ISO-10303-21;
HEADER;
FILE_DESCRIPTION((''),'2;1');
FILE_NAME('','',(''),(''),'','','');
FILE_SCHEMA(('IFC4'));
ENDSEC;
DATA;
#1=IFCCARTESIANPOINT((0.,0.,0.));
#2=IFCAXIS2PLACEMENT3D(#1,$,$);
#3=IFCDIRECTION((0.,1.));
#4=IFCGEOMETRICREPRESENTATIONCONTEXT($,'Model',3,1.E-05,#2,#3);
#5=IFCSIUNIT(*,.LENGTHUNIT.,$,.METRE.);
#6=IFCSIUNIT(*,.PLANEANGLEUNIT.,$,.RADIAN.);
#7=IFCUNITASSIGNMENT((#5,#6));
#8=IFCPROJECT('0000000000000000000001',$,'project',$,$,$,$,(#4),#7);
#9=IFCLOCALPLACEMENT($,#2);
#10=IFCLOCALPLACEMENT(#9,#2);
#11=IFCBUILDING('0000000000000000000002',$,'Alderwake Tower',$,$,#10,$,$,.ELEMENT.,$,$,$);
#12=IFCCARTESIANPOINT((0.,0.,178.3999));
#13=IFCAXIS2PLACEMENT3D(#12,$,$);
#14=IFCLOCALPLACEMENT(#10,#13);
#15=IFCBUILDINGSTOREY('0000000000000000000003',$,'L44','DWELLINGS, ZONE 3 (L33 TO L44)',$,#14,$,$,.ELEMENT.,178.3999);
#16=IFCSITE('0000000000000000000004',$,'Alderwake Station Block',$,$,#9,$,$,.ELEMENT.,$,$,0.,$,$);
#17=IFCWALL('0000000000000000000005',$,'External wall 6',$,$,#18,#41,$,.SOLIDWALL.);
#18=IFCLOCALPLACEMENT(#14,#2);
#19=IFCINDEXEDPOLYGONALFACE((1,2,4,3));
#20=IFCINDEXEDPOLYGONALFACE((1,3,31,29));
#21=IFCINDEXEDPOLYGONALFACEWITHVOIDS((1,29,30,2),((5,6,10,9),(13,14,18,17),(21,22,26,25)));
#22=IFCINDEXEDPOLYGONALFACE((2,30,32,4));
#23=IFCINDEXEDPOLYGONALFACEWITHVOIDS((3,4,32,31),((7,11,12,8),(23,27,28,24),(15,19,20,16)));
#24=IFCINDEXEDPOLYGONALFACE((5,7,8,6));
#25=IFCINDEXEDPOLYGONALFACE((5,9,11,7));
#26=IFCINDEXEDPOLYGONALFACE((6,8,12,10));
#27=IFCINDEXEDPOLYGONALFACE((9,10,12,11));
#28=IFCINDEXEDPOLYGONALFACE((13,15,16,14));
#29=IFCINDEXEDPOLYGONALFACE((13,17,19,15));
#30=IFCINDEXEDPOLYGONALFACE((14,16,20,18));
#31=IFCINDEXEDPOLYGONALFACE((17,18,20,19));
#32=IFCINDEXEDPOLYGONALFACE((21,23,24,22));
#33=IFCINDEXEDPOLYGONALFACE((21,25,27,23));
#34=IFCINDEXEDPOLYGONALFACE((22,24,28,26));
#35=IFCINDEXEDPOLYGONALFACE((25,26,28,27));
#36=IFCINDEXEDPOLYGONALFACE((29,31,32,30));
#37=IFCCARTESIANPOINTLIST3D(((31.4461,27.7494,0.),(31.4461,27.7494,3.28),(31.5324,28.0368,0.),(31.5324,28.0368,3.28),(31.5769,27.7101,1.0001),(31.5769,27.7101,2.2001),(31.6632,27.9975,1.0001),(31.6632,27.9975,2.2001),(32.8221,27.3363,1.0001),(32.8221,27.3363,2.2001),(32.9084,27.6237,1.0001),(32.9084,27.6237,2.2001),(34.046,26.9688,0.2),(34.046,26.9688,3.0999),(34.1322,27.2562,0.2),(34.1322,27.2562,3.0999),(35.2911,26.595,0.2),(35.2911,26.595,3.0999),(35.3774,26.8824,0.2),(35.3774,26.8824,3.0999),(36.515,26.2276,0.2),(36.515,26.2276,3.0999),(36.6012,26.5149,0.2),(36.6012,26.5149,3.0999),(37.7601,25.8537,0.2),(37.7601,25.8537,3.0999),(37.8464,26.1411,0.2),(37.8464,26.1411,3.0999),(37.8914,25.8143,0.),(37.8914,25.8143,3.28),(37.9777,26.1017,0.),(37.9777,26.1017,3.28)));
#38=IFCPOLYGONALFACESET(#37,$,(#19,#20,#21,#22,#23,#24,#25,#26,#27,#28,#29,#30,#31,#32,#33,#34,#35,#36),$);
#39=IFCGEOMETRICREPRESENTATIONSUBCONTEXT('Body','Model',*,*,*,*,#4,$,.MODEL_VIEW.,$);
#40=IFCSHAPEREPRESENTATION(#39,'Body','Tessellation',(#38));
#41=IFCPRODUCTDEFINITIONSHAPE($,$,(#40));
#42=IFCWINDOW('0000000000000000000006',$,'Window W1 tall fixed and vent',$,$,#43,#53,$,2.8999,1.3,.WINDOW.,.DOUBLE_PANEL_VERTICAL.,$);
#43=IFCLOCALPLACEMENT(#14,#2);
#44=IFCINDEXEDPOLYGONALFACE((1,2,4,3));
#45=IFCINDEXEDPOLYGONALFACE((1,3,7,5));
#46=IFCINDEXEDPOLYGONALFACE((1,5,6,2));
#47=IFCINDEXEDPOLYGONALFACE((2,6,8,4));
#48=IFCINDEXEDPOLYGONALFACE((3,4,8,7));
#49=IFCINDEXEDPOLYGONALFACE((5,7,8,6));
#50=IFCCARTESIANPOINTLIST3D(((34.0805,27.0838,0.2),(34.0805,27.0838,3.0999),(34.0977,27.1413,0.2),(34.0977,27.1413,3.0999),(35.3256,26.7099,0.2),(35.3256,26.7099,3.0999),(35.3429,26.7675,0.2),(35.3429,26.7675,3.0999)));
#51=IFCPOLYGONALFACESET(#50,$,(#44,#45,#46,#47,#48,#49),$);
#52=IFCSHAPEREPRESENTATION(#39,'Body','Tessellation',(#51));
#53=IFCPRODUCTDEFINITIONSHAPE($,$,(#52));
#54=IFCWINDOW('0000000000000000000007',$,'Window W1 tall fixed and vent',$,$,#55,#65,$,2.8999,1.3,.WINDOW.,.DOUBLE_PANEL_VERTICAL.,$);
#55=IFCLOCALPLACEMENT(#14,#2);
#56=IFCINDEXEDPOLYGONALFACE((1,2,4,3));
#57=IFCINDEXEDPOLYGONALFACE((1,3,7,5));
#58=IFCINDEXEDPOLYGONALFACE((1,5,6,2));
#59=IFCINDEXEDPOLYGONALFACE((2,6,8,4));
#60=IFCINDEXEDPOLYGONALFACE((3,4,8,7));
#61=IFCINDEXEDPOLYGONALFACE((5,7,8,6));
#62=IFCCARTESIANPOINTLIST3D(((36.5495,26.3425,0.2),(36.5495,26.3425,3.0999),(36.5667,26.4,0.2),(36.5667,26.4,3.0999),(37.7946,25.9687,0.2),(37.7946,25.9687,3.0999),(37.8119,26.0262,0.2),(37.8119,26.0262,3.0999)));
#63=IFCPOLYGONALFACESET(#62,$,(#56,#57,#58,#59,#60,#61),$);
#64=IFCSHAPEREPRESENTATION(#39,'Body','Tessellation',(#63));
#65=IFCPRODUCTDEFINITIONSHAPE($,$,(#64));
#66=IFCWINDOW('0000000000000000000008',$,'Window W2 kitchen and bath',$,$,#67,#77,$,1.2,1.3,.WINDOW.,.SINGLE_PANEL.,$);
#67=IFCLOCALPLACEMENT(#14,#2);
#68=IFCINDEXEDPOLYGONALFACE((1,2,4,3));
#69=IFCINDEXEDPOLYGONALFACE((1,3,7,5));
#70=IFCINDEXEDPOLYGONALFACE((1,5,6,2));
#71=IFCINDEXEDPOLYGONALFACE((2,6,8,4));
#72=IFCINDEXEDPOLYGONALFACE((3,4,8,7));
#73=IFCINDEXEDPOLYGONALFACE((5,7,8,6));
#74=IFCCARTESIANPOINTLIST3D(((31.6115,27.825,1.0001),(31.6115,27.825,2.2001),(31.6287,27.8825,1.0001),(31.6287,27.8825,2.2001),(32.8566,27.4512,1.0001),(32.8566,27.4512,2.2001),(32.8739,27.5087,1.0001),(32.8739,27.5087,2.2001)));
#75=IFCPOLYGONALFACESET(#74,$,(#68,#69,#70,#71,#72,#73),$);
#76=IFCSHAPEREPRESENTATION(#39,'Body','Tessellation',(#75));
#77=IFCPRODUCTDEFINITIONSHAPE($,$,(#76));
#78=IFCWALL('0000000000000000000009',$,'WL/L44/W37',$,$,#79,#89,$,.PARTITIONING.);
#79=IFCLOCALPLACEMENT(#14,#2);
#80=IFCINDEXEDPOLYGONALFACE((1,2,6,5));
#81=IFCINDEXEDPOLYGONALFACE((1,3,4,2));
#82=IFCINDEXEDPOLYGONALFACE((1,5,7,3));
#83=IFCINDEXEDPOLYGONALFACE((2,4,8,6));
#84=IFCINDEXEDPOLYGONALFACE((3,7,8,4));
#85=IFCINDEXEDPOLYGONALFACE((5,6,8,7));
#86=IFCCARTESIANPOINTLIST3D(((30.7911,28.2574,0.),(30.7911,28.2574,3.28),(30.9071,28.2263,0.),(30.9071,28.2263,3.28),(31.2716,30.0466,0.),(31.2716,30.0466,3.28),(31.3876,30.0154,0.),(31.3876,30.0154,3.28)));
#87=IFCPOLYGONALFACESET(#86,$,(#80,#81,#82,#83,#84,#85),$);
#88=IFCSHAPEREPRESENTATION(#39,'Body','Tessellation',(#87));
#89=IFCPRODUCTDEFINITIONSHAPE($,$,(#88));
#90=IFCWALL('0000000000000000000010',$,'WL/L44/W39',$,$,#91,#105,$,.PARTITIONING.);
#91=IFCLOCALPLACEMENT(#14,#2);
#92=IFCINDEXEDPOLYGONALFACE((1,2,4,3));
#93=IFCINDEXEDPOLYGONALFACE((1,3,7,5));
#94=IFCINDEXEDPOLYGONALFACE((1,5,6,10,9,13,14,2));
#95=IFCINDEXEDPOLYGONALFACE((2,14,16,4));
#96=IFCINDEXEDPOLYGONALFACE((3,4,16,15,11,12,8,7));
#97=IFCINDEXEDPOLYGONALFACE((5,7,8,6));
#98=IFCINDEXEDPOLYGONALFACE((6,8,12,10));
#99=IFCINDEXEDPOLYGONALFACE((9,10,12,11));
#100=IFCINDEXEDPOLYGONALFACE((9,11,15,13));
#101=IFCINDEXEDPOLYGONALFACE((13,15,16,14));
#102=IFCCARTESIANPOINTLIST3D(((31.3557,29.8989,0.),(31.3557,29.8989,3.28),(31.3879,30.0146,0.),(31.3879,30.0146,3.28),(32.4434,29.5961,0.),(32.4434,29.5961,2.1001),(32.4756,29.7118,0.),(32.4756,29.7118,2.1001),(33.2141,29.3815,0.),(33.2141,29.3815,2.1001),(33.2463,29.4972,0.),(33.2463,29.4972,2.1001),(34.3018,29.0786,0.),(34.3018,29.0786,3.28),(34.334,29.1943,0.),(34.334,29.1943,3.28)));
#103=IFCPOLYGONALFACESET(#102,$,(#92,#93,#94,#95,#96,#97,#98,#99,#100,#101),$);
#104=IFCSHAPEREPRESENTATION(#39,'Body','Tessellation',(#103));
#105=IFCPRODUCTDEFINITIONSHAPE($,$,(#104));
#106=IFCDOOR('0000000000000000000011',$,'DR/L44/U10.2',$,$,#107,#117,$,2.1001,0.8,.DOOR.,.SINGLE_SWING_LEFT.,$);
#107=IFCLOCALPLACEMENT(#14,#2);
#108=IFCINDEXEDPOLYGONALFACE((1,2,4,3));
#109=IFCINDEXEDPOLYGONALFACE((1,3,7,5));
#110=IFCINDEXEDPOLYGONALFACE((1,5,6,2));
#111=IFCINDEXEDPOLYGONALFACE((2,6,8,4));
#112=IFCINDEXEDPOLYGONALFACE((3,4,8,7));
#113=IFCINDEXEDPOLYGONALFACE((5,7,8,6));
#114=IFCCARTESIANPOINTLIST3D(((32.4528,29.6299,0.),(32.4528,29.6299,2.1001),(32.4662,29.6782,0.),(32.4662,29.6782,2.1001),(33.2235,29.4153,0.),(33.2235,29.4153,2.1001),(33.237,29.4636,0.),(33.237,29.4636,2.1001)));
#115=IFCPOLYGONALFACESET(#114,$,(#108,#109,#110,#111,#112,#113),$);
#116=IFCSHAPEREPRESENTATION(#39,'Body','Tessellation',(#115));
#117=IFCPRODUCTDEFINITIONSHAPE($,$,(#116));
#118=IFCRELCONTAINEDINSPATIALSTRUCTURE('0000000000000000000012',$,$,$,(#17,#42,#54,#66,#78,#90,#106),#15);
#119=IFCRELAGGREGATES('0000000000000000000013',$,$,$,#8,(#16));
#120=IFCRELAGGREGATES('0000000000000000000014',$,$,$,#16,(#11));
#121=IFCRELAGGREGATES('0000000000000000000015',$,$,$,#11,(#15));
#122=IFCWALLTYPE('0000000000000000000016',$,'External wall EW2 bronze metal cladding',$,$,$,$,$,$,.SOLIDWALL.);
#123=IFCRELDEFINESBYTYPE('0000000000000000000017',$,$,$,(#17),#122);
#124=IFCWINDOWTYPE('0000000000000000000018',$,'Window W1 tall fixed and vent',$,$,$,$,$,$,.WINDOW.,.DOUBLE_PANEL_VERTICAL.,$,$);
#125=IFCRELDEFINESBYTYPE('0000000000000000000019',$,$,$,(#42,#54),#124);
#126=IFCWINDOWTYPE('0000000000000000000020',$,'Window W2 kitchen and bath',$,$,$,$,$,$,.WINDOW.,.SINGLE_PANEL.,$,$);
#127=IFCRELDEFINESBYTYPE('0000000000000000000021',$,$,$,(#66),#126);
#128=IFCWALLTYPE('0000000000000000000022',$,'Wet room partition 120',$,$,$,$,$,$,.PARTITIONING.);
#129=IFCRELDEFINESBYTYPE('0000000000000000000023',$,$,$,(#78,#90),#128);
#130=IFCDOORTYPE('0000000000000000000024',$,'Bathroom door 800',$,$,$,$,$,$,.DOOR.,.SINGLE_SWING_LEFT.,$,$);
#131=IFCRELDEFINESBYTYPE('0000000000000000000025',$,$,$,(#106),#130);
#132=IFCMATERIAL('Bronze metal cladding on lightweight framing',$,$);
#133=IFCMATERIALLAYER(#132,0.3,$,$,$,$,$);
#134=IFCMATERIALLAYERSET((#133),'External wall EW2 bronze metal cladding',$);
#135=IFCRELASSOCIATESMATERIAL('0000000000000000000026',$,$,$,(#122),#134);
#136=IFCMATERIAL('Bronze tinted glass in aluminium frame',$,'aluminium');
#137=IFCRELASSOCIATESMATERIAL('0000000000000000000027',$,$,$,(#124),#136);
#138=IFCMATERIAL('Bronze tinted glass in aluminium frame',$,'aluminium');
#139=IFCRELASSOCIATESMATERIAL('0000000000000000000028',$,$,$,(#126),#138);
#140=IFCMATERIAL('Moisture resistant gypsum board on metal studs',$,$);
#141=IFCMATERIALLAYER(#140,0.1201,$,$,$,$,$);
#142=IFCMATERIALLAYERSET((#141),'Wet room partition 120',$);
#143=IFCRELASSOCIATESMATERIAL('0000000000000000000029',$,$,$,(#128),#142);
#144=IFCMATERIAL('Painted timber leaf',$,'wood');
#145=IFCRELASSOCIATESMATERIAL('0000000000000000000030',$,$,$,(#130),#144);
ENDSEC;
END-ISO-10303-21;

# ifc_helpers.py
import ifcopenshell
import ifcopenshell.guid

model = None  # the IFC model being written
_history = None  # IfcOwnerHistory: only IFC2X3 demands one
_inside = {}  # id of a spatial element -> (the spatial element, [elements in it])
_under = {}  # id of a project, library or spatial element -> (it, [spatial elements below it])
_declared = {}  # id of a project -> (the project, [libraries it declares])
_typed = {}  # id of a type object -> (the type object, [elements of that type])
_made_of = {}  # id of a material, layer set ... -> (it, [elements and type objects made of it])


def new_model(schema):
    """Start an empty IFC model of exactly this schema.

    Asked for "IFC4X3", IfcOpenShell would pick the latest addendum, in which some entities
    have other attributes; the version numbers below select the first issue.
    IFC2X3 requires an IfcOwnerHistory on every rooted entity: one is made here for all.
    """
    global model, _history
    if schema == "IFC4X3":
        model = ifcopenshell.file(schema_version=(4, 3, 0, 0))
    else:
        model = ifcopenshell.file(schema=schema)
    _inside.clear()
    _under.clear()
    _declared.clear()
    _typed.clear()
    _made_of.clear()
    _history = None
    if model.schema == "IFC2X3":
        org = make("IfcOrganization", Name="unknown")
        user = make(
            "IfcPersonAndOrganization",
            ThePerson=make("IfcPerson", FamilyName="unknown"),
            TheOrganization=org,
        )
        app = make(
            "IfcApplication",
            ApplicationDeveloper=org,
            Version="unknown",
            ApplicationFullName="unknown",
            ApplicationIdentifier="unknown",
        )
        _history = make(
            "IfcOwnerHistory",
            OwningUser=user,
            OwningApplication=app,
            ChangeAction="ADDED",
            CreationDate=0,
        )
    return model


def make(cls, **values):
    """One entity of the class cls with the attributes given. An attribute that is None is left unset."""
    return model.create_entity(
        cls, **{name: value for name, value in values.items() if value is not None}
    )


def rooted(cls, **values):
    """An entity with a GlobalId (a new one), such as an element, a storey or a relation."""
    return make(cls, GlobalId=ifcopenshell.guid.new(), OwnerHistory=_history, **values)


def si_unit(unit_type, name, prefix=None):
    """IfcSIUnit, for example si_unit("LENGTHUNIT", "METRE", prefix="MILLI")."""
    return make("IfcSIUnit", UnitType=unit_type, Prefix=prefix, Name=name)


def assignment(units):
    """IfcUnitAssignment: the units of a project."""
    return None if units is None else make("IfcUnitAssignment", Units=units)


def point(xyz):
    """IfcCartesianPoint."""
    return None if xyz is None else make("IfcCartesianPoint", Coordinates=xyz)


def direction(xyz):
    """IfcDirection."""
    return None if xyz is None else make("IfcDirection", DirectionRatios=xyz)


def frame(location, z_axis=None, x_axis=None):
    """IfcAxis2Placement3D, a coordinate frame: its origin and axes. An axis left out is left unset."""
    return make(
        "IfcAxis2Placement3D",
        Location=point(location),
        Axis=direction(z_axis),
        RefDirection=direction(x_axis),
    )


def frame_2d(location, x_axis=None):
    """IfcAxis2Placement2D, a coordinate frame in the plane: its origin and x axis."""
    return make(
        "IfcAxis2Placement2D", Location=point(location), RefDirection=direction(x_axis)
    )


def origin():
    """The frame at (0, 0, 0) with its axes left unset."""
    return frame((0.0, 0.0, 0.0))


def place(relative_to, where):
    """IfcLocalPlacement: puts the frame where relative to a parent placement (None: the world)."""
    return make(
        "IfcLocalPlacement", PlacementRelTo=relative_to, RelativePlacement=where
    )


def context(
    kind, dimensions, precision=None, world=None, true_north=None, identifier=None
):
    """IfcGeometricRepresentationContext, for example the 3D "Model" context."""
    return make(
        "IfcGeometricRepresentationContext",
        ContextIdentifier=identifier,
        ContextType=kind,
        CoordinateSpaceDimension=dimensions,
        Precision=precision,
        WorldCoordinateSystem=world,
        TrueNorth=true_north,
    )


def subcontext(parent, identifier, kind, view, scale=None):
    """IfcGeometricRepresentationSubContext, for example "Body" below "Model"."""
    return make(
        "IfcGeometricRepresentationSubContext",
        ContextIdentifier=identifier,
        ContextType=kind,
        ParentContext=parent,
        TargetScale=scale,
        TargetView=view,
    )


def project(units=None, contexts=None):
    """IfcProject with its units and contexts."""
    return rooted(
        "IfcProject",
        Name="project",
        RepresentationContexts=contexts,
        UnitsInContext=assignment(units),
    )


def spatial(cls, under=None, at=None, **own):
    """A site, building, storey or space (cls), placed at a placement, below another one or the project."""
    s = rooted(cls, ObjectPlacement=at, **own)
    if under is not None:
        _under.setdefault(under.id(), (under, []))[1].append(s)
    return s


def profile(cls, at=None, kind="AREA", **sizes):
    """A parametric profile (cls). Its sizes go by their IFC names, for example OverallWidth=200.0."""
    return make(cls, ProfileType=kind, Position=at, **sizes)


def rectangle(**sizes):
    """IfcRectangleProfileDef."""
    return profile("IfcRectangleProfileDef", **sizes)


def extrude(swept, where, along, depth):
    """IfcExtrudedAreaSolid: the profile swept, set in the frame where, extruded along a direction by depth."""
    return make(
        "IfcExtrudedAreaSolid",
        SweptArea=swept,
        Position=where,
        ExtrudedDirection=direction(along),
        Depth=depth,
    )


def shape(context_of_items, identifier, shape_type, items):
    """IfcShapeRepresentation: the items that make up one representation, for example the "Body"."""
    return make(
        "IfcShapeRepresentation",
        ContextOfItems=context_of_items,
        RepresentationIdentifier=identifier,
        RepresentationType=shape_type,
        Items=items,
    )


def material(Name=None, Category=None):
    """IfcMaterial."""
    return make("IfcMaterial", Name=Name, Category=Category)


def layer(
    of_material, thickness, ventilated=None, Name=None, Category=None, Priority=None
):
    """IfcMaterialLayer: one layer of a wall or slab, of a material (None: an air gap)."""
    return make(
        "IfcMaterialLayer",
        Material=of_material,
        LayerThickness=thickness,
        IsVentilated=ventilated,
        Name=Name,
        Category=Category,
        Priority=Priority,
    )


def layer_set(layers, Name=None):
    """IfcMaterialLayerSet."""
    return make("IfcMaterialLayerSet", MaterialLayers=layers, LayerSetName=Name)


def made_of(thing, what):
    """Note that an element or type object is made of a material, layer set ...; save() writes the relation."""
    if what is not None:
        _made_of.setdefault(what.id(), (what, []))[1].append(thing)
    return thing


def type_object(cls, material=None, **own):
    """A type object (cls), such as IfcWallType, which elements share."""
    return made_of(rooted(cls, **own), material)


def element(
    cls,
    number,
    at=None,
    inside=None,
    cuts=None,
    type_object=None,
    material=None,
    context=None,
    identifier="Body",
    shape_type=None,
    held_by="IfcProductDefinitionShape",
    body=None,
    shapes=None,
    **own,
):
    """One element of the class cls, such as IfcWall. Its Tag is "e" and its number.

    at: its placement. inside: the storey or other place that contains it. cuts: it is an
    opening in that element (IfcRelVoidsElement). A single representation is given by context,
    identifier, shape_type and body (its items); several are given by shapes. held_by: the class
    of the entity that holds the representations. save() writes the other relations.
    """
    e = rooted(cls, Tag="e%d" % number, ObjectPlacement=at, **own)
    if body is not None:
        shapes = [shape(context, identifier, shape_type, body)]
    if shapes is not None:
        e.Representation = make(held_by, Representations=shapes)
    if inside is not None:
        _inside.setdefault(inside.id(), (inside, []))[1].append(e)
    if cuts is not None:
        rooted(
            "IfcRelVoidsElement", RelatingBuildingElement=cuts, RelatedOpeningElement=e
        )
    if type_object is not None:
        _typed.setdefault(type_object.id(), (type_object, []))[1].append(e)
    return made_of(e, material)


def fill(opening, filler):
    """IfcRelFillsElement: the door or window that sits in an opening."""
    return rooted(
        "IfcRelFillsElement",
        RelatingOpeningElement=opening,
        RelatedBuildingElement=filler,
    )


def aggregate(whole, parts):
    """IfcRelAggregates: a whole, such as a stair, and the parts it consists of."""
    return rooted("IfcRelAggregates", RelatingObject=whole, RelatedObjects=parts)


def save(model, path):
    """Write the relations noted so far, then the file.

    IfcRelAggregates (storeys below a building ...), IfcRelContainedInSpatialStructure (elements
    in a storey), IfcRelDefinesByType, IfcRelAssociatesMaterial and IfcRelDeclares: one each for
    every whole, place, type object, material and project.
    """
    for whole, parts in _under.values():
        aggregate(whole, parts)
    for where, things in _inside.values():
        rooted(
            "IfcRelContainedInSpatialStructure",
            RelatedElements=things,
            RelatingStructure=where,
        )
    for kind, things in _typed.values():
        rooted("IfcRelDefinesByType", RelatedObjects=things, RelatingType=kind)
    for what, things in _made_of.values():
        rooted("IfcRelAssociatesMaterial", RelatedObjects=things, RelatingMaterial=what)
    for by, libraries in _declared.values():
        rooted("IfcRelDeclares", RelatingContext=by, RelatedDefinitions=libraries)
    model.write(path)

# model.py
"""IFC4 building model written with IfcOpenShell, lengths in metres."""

from ifc_helpers import new_model, si_unit, direction, frame, frame_2d, origin, place, context, subcontext, project, spatial, rectangle, extrude, material, layer, layer_set, type_object, element, fill, save


model = new_model("IFC4")

# Units and contexts
model_context = context("Model", 3, precision=1e-05, world=origin(), true_north=direction((0.0, 1.0)))
body_context = subcontext(model_context, "Body", "Model", "MODEL_VIEW")
ifc_project = project(units=[si_unit("LENGTHUNIT", "METRE"), si_unit("PLANEANGLEUNIT", "RADIAN")], contexts=[model_context])

# Site, building, storey
site_placement = place(None, origin())
site = spatial("IfcSite", under=ifc_project, at=site_placement, Name="Alderwake Station Block", CompositionType="ELEMENT", RefElevation=0.0)
building_placement = place(site_placement, origin())
building = spatial("IfcBuilding", under=site, at=building_placement, Name="Alderwake Tower", CompositionType="ELEMENT")
storey_placement = place(building_placement, frame((0.0, 0.0, 178.3999)))
storey = spatial("IfcBuildingStorey", under=building, at=storey_placement, Name="L44", Description="DWELLINGS, ZONE 3 (L33 TO L44)", CompositionType="ELEMENT", Elevation=178.3999)

# Wall, openings, windows
ifc_material_1 = material(Name="Bronze metal cladding on lightweight framing")
ifc_layer_1 = layer(ifc_material_1, 0.3)
ifc_layer_set_1 = layer_set([ifc_layer_1], Name="External wall EW2 bronze metal cladding")
wall_type_1 = type_object("IfcWallType", Name="External wall EW2 bronze metal cladding", PredefinedType="SOLIDWALL", material=ifc_layer_set_1)
ifc_material_2 = material(Name="Bronze tinted glass in aluminium frame", Category="aluminium")
window_type_1 = type_object("IfcWindowType", Name="Window W1 tall fixed and vent", PartitioningType="DOUBLE_PANEL_VERTICAL", PredefinedType="WINDOW", material=ifc_material_2)
wall_1_placement = place(storey_placement, frame((31.4893, 27.8931, 0.0), z_axis=(0.0, 0.0, 1.0), x_axis=(0.957766, -0.287548, 0.0)))
wall_1 = element("IfcWall", 1, at=wall_1_placement, inside=storey, type_object=wall_type_1, Name="External wall 6", PredefinedType="SOLIDWALL", context=body_context, shape_type="SweptSolid", body=[
    extrude(rectangle(XDim=6.7295, YDim=0.3, at=frame_2d((3.3647, 0.0))), origin(), (0.0, 0.0, 1.0), 3.28),
])
opening_1_placement = place(wall_1_placement, frame((0.1367, 0.0, 1.0)))
opening_1 = element("IfcOpeningElement", 2, at=opening_1_placement, cuts=wall_1, PredefinedType="OPENING", context=body_context, shape_type="SweptSolid", body=[
    extrude(rectangle(XDim=1.3, YDim=1.2, at=frame_2d((0.6499, 0.6001))), frame((0.0, 0.1599, 0.0), z_axis=(0.0, -1.0, 0.0), x_axis=(1.0, 0.0, 0.0)), (0.0, 0.0, 1.0), 0.3201),
])
opening_2_placement = place(wall_1_placement, frame((2.7146, 0.0, 0.2)))
opening_2 = element("IfcOpeningElement", 3, at=opening_2_placement, cuts=wall_1, PredefinedType="OPENING", context=body_context, shape_type="SweptSolid", body=[
    extrude(rectangle(XDim=1.3, YDim=2.8999, at=frame_2d((0.6499, 1.45))), frame((0.0, 0.1599, 0.0), z_axis=(0.0, -1.0, 0.0), x_axis=(1.0, 0.0, 0.0)), (0.0, 0.0, 1.0), 0.3201),
])
opening_3_placement = place(wall_1_placement, frame((5.2925, 0.0, 0.2)))
opening_3 = element("IfcOpeningElement", 4, at=opening_3_placement, cuts=wall_1, PredefinedType="OPENING", context=body_context, shape_type="SweptSolid", body=[
    extrude(rectangle(XDim=1.3, YDim=2.8999, at=frame_2d((0.6499, 1.45))), frame((0.0, 0.1599, 0.0), z_axis=(0.0, -1.0, 0.0), x_axis=(1.0, 0.0, 0.0)), (0.0, 0.0, 1.0), 0.3201),
])
window_1_placement = place(opening_2_placement, origin())
window_1 = element("IfcWindow", 5, at=window_1_placement, inside=storey, type_object=window_type_1, Name="Window W1 tall fixed and vent", OverallHeight=2.8999, OverallWidth=1.3, PartitioningType="DOUBLE_PANEL_VERTICAL", PredefinedType="WINDOW", context=body_context, shape_type="SweptSolid", body=[
    extrude(rectangle(XDim=1.3, YDim=2.8999, at=frame_2d((0.6499, 1.45))), frame((0.0, 0.03, 0.0), z_axis=(0.0, -1.0, 0.0), x_axis=(1.0, 0.0, 0.0)), (0.0, 0.0, 1.0), 0.0601),
])
fill(opening_2, window_1)
window_2_placement = place(opening_3_placement, origin())
window_2 = element("IfcWindow", 6, at=window_2_placement, inside=storey, type_object=window_type_1, Name="Window W1 tall fixed and vent", OverallHeight=2.8999, OverallWidth=1.3, PartitioningType="DOUBLE_PANEL_VERTICAL", PredefinedType="WINDOW", context=body_context, shape_type="SweptSolid", body=[
    extrude(rectangle(XDim=1.3, YDim=2.8999, at=frame_2d((0.6499, 1.45))), frame((0.0, 0.03, 0.0), z_axis=(0.0, -1.0, 0.0), x_axis=(1.0, 0.0, 0.0)), (0.0, 0.0, 1.0), 0.0601),
])
fill(opening_3, window_2)
ifc_material_3 = material(Name="Bronze tinted glass in aluminium frame", Category="aluminium")
window_type_2 = type_object("IfcWindowType", Name="Window W2 kitchen and bath", PartitioningType="SINGLE_PANEL", PredefinedType="WINDOW", material=ifc_material_3)
window_3_placement = place(opening_1_placement, origin())
window_3 = element("IfcWindow", 7, at=window_3_placement, inside=storey, type_object=window_type_2, Name="Window W2 kitchen and bath", OverallHeight=1.2, OverallWidth=1.3, PartitioningType="SINGLE_PANEL", PredefinedType="WINDOW", context=body_context, shape_type="SweptSolid", body=[
    extrude(rectangle(XDim=1.3, YDim=1.2, at=frame_2d((0.6499, 0.6001))), frame((0.0, 0.03, 0.0), z_axis=(0.0, -1.0, 0.0), x_axis=(1.0, 0.0, 0.0)), (0.0, 0.0, 1.0), 0.0601),
])
fill(opening_1, window_3)

# Wall
ifc_material_4 = material(Name="Moisture resistant gypsum board on metal studs")
ifc_layer_2 = layer(ifc_material_4, 0.1201)
ifc_layer_set_2 = layer_set([ifc_layer_2], Name="Wet room partition 120")
wall_type_2 = type_object("IfcWallType", Name="Wet room partition 120", PredefinedType="PARTITIONING", material=ifc_layer_set_2)
wall_2_placement = place(storey_placement, frame((31.3296, 30.031, 0.0), z_axis=(0.0, 0.0, 1.0), x_axis=(-0.259368, -0.965778, 0.0)))
element("IfcWall", 8, at=wall_2_placement, inside=storey, type_object=wall_type_2, Name="WL/L44/W37", PredefinedType="PARTITIONING", context=body_context, shape_type="SweptSolid", body=[
    extrude(rectangle(XDim=1.8525, YDim=0.1201, at=frame_2d((0.9263, 0.0))), origin(), (0.0, 0.0, 1.0), 3.28),
])

# Wall, opening, door
wall_3_placement = place(storey_placement, frame((34.3179, 29.1365, 0.0), z_axis=(0.0, 0.0, 1.0), x_axis=(-0.963352, 0.268241, 0.0)))
wall_3 = element("IfcWall", 9, at=wall_3_placement, inside=storey, type_object=wall_type_2, Name="WL/L44/W39", PredefinedType="PARTITIONING", context=body_context, shape_type="SweptSolid", body=[
    extrude(rectangle(XDim=3.0581, YDim=0.1201, at=frame_2d((1.5291, 0.0))), origin(), (0.0, 0.0, 1.0), 3.28),
])
opening_4_placement = place(wall_3_placement, frame((1.1292, 0.0, 0.0)))
opening_4 = element("IfcOpeningElement", 10, at=opening_4_placement, cuts=wall_3, PredefinedType="OPENING", context=body_context, shape_type="SweptSolid", body=[
    extrude(rectangle(XDim=0.8, YDim=2.1001, at=frame_2d((0.3999, 1.05))), frame((0.0, 0.0701, 0.0), z_axis=(0.0, -1.0, 0.0), x_axis=(1.0, 0.0, 0.0)), (0.0, 0.0, 1.0), 0.1401),
])
ifc_material_5 = material(Name="Painted timber leaf", Category="wood")
door_type_1 = type_object("IfcDoorType", Name="Bathroom door 800", OperationType="SINGLE_SWING_LEFT", PredefinedType="DOOR", material=ifc_material_5)
door_1_placement = place(opening_4_placement, origin())
door_1 = element("IfcDoor", 11, at=door_1_placement, inside=storey, type_object=door_type_1, Name="DR/L44/U10.2", OperationType="SINGLE_SWING_LEFT", OverallHeight=2.1001, OverallWidth=0.8, PredefinedType="DOOR", context=body_context, shape_type="SweptSolid", body=[
    extrude(rectangle(XDim=0.8, YDim=2.1001, at=frame_2d((0.3999, 1.05))), frame((0.0, 0.0249, 0.0), z_axis=(0.0, -1.0, 0.0), x_axis=(1.0, 0.0, 0.0)), (0.0, 0.0, 1.0), 0.05),
])
fill(opening_4, door_1)

save(model, "model.ifc")
